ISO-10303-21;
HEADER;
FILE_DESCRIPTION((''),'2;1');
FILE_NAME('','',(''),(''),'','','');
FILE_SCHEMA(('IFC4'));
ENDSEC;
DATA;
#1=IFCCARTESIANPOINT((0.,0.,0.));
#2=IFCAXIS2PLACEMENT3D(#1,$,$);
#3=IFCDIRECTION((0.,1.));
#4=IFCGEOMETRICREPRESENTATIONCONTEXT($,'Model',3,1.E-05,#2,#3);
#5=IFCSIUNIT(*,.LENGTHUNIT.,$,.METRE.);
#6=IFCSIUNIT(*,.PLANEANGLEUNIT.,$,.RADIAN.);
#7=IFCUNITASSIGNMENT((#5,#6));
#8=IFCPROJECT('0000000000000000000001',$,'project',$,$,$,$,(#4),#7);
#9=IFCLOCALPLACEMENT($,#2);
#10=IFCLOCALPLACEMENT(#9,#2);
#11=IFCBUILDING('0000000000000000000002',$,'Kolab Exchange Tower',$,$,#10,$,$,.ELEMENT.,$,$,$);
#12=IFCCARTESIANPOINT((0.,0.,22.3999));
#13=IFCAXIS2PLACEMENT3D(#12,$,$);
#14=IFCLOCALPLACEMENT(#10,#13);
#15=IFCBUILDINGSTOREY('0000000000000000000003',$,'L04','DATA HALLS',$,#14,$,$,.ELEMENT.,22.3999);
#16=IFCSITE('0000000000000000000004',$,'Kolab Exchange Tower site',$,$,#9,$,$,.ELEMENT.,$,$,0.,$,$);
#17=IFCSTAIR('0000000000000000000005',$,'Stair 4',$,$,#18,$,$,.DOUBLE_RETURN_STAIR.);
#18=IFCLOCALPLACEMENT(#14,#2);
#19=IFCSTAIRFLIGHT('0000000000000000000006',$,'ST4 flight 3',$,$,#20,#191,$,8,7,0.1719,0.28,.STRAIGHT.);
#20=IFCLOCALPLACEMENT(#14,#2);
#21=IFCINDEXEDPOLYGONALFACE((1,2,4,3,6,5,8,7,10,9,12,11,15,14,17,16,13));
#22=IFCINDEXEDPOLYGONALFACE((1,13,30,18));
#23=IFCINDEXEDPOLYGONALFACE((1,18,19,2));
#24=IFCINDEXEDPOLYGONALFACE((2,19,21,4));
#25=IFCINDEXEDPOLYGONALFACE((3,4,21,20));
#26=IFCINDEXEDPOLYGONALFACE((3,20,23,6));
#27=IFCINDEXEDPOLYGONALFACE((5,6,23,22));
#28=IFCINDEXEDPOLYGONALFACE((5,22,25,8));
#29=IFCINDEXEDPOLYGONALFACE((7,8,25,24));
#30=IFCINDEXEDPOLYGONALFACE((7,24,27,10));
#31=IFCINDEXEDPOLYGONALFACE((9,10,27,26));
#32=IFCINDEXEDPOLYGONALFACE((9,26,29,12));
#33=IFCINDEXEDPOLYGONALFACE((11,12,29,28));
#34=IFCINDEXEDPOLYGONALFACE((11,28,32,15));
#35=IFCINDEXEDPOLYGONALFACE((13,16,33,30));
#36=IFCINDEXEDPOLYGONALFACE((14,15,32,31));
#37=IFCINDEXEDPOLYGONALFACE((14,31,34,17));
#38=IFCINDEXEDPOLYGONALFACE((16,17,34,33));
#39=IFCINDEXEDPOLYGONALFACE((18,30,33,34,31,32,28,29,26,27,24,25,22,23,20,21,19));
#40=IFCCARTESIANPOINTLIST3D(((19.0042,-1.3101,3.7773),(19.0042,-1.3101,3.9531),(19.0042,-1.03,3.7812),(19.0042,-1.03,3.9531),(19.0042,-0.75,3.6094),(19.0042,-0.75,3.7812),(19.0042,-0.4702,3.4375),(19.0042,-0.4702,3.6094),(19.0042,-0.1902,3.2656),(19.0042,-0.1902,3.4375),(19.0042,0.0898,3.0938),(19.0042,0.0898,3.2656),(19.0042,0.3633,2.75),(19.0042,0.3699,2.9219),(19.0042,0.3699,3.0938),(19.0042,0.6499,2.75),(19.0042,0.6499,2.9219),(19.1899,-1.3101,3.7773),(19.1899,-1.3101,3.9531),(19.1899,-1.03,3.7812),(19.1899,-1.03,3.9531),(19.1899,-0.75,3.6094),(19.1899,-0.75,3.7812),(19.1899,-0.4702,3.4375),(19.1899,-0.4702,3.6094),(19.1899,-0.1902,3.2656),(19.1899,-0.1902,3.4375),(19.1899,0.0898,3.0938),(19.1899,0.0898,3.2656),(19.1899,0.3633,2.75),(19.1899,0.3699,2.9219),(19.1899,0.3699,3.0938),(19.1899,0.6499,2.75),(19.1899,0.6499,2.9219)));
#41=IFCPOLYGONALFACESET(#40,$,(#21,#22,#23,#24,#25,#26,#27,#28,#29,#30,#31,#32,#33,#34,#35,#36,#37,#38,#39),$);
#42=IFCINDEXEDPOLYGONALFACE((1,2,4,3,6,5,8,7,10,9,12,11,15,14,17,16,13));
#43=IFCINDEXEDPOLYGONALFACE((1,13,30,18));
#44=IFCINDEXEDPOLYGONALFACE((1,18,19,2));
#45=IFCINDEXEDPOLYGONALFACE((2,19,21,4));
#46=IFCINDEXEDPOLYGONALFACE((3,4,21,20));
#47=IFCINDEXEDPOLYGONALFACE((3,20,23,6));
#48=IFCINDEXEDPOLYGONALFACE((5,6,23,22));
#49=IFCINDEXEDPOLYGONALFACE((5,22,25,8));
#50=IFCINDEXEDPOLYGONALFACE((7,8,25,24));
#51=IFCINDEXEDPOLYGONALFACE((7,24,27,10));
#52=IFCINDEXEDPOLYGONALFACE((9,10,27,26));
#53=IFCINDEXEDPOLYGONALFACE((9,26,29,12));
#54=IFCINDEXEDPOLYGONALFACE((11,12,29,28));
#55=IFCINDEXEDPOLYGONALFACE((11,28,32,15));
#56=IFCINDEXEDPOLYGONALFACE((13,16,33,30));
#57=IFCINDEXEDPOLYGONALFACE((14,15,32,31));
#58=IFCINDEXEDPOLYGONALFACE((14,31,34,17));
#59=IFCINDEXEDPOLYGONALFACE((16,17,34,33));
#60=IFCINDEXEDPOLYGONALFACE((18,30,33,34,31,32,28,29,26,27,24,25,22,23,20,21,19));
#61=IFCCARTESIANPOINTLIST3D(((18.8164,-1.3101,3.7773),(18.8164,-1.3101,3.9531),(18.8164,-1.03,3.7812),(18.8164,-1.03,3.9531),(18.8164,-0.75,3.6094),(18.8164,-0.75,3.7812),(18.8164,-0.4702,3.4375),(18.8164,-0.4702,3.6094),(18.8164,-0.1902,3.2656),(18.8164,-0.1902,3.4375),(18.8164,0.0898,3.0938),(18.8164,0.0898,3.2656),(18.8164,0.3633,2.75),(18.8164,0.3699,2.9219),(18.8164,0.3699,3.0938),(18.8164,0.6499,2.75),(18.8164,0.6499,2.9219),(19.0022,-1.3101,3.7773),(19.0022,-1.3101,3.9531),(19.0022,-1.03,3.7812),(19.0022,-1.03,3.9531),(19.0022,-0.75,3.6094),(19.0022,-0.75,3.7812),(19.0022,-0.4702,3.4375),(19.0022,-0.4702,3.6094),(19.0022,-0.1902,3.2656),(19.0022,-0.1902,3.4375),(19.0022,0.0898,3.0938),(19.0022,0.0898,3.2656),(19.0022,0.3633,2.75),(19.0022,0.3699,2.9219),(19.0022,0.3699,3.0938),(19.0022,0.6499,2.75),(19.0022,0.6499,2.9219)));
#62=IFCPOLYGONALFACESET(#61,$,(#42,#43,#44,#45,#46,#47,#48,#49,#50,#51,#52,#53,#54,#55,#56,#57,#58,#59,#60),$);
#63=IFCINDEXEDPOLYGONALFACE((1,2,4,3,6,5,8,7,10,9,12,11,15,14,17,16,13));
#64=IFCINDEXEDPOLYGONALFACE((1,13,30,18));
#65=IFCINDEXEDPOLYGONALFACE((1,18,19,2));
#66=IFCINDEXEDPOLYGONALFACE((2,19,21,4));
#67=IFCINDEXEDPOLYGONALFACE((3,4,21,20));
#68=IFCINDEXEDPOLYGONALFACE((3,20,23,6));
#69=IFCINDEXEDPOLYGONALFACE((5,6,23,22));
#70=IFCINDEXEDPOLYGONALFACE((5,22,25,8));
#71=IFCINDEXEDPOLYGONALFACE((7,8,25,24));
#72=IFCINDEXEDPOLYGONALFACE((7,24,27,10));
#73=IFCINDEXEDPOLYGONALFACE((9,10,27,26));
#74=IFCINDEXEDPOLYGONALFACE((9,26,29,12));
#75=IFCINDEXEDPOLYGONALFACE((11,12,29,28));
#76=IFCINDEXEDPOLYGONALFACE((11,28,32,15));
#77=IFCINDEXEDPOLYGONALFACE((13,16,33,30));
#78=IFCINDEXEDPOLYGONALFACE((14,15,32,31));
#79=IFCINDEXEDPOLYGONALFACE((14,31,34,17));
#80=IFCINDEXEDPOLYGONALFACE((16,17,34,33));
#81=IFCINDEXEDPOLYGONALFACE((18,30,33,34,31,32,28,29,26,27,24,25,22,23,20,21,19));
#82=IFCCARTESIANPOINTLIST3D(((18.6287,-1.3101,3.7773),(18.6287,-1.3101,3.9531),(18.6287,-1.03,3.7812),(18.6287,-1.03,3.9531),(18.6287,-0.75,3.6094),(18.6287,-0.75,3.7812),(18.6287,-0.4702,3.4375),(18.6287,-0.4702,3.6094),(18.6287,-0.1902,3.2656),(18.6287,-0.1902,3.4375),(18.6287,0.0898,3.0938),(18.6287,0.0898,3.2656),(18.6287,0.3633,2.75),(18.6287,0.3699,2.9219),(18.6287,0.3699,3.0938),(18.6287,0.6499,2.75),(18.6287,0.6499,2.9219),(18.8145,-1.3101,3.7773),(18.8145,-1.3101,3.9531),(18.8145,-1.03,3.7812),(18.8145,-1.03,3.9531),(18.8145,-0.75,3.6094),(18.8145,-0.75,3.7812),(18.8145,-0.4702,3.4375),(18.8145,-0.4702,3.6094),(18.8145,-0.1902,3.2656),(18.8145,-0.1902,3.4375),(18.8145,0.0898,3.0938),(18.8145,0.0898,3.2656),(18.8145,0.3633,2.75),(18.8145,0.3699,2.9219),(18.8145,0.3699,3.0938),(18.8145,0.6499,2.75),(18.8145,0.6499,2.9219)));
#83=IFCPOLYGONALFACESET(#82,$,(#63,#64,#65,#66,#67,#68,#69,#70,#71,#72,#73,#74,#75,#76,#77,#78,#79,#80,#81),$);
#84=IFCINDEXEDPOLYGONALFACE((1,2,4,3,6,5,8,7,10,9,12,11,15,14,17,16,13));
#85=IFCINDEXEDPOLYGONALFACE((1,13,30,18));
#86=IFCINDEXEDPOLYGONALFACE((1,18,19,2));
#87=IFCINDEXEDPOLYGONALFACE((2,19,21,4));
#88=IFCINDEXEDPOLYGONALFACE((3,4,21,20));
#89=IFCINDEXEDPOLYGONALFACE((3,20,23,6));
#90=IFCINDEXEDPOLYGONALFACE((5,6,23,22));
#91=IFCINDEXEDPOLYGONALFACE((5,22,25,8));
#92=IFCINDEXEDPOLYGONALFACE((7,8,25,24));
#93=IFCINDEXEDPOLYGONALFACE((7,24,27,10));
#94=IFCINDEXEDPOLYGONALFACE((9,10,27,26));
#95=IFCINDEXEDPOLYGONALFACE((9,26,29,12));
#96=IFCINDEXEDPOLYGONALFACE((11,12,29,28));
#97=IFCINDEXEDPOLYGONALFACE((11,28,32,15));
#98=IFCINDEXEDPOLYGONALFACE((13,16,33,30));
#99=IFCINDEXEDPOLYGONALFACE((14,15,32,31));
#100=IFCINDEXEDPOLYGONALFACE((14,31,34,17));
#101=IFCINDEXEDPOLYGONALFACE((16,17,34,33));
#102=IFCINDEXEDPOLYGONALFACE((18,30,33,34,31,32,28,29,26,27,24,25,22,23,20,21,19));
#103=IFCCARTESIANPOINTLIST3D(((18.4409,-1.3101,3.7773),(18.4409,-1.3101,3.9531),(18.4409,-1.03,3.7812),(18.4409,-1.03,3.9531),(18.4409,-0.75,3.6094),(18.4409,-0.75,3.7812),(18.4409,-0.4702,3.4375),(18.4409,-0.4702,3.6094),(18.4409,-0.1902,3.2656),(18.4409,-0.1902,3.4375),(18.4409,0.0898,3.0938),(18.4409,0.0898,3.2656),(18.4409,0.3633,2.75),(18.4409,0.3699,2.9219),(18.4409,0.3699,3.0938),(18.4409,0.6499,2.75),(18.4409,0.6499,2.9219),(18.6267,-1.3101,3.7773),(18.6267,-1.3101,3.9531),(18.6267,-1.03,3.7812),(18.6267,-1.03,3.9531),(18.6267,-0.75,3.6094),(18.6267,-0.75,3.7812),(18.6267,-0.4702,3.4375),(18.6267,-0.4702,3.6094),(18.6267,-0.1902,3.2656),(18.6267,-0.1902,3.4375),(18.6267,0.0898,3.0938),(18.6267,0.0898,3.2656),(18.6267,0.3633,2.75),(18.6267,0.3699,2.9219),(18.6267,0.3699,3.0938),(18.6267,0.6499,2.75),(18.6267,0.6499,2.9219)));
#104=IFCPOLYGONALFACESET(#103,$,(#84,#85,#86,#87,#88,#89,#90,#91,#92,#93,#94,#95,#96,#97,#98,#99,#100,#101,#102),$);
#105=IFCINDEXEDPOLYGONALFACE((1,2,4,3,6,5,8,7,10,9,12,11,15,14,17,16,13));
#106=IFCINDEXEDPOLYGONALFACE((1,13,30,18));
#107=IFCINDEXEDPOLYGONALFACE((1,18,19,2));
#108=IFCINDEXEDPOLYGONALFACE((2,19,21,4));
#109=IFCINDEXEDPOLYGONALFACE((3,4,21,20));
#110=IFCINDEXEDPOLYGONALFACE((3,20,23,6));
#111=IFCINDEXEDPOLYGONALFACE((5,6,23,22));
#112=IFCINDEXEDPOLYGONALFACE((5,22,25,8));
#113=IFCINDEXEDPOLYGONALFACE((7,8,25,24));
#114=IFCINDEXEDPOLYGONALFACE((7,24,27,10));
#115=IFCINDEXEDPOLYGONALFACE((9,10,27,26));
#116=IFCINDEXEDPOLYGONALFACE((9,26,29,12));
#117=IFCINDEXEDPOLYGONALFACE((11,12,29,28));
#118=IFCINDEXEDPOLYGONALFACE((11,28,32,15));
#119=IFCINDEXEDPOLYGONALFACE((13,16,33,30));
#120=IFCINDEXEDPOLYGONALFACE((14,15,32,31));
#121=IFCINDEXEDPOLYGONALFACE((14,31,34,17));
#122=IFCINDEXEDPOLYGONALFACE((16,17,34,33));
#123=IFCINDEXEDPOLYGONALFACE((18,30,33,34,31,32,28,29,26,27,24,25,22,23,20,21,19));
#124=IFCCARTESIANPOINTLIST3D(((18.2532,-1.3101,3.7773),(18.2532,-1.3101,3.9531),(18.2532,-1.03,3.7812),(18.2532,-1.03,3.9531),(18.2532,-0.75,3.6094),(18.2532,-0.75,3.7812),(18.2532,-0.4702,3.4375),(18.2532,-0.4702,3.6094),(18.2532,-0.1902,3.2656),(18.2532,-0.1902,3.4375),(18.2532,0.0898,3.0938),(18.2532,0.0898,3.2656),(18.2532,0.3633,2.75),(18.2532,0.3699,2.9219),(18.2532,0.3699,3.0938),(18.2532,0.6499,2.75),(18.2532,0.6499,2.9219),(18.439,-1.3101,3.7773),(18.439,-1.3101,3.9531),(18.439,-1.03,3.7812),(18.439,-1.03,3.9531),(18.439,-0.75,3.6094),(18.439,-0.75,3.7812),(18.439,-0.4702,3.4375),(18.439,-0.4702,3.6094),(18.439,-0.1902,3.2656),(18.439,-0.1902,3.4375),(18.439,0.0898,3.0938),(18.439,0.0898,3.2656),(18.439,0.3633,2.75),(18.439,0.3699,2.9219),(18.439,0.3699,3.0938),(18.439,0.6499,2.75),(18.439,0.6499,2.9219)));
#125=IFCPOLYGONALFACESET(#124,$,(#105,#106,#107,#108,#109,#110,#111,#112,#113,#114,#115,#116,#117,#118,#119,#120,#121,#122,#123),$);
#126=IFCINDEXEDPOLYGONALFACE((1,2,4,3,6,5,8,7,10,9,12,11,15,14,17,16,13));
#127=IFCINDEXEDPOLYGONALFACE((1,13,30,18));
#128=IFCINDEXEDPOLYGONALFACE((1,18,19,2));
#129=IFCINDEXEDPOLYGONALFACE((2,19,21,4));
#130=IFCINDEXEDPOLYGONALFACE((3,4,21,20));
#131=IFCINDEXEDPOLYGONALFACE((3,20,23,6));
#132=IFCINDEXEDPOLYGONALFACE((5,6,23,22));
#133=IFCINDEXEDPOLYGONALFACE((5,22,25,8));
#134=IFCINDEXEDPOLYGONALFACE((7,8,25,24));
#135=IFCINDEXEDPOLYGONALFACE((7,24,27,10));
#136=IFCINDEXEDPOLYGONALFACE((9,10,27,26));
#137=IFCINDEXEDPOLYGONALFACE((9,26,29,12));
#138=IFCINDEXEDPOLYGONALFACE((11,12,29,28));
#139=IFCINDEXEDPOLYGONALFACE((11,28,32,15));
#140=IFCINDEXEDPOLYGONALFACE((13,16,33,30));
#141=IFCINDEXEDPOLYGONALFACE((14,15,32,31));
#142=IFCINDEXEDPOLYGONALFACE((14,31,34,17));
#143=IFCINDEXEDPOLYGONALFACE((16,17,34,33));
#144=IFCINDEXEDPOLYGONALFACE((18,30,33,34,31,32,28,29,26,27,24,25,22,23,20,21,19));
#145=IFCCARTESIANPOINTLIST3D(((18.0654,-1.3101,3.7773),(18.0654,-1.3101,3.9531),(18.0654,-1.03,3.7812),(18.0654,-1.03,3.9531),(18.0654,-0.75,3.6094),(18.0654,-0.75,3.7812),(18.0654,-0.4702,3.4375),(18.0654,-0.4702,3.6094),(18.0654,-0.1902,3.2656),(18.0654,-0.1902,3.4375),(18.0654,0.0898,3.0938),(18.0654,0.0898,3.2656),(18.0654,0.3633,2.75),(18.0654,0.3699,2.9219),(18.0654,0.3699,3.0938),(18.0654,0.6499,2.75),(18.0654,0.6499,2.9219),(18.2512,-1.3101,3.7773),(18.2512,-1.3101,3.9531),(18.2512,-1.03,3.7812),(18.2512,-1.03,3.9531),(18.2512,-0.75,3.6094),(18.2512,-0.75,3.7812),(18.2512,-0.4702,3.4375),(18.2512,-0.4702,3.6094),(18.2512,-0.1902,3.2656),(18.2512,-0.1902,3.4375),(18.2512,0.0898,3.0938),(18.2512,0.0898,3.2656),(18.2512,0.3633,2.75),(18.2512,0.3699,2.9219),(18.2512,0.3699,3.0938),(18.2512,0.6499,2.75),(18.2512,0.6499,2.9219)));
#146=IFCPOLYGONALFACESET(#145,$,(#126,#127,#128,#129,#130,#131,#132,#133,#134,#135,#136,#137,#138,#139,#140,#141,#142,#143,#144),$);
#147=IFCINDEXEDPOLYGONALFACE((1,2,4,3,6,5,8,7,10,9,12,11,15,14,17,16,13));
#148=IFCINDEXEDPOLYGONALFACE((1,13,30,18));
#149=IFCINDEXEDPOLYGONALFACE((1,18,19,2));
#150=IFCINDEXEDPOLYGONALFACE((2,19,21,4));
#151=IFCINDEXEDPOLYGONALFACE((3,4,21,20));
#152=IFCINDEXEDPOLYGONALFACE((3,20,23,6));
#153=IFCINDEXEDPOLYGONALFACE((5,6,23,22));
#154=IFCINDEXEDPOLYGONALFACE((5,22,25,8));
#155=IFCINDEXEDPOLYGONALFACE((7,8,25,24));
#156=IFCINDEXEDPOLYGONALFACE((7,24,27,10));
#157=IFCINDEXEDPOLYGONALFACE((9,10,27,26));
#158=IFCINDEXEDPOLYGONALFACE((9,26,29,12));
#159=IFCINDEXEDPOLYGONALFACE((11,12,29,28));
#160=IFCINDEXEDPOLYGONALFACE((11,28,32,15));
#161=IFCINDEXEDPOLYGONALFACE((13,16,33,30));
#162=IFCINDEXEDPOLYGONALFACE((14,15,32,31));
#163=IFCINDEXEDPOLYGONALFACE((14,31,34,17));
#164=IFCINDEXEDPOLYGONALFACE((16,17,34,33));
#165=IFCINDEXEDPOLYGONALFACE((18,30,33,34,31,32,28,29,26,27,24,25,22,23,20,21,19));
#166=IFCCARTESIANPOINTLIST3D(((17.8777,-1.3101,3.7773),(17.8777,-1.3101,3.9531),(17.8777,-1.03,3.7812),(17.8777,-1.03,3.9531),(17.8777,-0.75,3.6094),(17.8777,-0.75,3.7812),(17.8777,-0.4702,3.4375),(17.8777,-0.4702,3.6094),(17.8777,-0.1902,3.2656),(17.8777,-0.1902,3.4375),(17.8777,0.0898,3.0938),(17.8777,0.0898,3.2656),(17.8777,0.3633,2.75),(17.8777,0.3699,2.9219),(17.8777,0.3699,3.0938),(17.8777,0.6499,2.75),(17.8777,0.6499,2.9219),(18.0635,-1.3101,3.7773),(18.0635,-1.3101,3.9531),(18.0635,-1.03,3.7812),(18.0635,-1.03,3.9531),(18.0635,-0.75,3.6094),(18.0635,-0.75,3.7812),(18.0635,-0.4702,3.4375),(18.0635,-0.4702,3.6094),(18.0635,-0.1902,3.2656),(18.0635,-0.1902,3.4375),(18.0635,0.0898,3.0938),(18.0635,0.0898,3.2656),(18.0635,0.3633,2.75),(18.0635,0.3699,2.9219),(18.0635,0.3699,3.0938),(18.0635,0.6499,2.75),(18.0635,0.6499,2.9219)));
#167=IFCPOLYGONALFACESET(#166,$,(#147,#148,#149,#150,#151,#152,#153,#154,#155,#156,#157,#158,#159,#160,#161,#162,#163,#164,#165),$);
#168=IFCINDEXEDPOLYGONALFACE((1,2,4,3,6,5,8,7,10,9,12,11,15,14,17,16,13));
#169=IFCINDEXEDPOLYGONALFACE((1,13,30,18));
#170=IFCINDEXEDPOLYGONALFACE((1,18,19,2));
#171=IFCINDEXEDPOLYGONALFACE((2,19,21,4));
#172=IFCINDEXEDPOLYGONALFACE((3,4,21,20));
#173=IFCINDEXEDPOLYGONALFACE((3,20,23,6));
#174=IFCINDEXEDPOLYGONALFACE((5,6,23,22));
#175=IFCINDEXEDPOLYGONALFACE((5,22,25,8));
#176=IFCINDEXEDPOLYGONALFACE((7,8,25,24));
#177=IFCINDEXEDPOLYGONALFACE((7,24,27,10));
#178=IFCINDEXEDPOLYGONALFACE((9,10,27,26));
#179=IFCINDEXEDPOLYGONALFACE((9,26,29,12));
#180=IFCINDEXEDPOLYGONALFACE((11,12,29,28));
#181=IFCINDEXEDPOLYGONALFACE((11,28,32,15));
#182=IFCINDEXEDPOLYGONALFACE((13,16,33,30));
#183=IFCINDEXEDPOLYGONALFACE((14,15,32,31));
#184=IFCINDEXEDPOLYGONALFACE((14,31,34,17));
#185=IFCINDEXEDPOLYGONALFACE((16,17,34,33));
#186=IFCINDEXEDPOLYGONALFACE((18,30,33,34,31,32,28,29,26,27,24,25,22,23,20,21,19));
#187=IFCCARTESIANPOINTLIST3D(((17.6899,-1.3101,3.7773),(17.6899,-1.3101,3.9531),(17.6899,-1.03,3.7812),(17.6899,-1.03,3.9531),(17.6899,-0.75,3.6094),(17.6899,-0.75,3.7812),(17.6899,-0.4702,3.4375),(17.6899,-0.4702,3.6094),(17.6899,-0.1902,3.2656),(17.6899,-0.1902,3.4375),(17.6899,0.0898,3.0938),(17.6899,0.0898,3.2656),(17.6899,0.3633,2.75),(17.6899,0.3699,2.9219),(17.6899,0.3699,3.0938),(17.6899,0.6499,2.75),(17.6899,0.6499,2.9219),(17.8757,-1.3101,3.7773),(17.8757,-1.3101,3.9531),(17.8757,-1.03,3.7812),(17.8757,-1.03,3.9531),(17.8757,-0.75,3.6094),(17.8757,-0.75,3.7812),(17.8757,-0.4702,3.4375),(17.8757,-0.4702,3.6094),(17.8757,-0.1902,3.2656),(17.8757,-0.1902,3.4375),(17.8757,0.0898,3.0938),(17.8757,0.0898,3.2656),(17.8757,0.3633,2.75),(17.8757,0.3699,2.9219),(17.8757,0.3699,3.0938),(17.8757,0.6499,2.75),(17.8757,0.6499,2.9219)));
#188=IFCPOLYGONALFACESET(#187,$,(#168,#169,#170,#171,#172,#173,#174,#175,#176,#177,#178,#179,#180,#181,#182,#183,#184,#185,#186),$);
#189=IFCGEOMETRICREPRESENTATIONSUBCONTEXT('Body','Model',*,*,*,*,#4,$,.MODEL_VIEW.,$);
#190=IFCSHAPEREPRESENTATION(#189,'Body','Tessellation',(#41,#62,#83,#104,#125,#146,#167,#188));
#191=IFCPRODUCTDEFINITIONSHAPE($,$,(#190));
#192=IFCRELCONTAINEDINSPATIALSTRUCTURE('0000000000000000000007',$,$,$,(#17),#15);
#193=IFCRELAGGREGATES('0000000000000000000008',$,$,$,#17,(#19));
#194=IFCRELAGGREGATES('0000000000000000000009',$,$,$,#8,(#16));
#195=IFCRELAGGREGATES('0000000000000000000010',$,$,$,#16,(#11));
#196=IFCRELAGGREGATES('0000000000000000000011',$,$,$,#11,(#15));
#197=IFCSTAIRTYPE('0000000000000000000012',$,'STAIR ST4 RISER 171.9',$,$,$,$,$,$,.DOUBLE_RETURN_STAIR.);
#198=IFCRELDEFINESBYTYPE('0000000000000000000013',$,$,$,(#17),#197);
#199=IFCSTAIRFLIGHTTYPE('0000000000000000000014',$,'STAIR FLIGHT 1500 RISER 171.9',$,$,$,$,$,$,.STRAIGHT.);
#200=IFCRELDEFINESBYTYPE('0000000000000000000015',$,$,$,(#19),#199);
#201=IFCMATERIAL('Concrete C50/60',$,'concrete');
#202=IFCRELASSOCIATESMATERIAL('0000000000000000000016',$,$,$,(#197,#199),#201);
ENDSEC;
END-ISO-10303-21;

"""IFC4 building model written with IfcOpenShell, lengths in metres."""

from ifc_helpers import new_model, si_unit, direction, frame, origin, place, context, subcontext, project, spatial, polyline, outline, extrude, material, type_object, element, aggregate, save


model = new_model("IFC4")

# Units and contexts
model_context = context("Model", 3, precision=1e-05, world=origin(), true_north=direction((0.0, 1.0)))
body_context = subcontext(model_context, "Body", "Model", "MODEL_VIEW")
ifc_project = project(units=[si_unit("LENGTHUNIT", "METRE"), si_unit("PLANEANGLEUNIT", "RADIAN")], contexts=[model_context])

# Site, building, storey
site_placement = place(None, origin())
site = spatial("IfcSite", under=ifc_project, at=site_placement, Name="Kolab Exchange Tower site", CompositionType="ELEMENT", RefElevation=0.0)
building_placement = place(site_placement, origin())
building = spatial("IfcBuilding", under=site, at=building_placement, Name="Kolab Exchange Tower", CompositionType="ELEMENT")
storey_placement = place(building_placement, frame((0.0, 0.0, 22.3999)))
storey = spatial("IfcBuildingStorey", under=building, at=storey_placement, Name="L04", Description="DATA HALLS", CompositionType="ELEMENT", Elevation=22.3999)

# Stair, stair flight
ifc_material_1 = material(Name="Concrete C50/60", Category="concrete")
stair_type = type_object("IfcStairType", Name="STAIR ST4 RISER 171.9", PredefinedType="DOUBLE_RETURN_STAIR", material=ifc_material_1)
stair_placement = place(storey_placement, origin())
stair = element("IfcStair", 1, at=stair_placement, inside=storey, type_object=stair_type, Name="Stair 4", PredefinedType="DOUBLE_RETURN_STAIR")
stair_flight_type = type_object("IfcStairFlightType", Name="STAIR FLIGHT 1500 RISER 171.9", PredefinedType="STRAIGHT", material=ifc_material_1)
stair_flight_1_placement = place(storey_placement, frame((18.4399, 0.6499, 2.75), z_axis=(0.0, 0.0, 1.0), x_axis=(0.0, -1.0, 0.0)))
stair_flight_1 = element("IfcStairFlight", 2, at=stair_flight_1_placement, type_object=stair_flight_type, Name="ST4 flight 3", NumberOfRisers=8, NumberOfTreads=7, PredefinedType="STRAIGHT", RiserHeight=0.1719, TreadLength=0.28, context=body_context, shape_type="SweptSolid", body=[
    extrude(outline(polyline([(0.0, 0.0), (0.0, 0.1719), (0.28, 0.1719), (0.28, 0.3438), (0.5601, 0.3438), (0.5601, 0.5156), (0.8401, 0.5156), (0.8401, 0.6875), (1.1201, 0.6875), (1.1201, 0.8594), (1.3999, 0.8594), (1.3999, 1.0312), (1.6799, 1.0312), (1.6799, 1.2031), (1.96, 1.2031), (1.96, 1.375), (1.96, 1.0273), (0.2866, 0.0), (0.0, 0.0)])), frame((0.0, 0.75, 0.0), z_axis=(0.0, -1.0, 0.0), x_axis=(1.0, 0.0, 0.0)), (0.0, 0.0, 1.0), 0.1858),
    extrude(outline(polyline([(0.0, 0.0), (0.0, 0.1719), (0.28, 0.1719), (0.28, 0.3438), (0.5601, 0.3438), (0.5601, 0.5156), (0.8401, 0.5156), (0.8401, 0.6875), (1.1201, 0.6875), (1.1201, 0.8594), (1.3999, 0.8594), (1.3999, 1.0312), (1.6799, 1.0312), (1.6799, 1.2031), (1.96, 1.2031), (1.96, 1.375), (1.96, 1.0273), (0.2866, 0.0), (0.0, 0.0)])), frame((0.0, 0.5623, 0.0), z_axis=(0.0, -1.0, 0.0), x_axis=(1.0, 0.0, 0.0)), (0.0, 0.0, 1.0), 0.1858),
    extrude(outline(polyline([(0.0, 0.0), (0.0, 0.1719), (0.28, 0.1719), (0.28, 0.3438), (0.5601, 0.3438), (0.5601, 0.5156), (0.8401, 0.5156), (0.8401, 0.6875), (1.1201, 0.6875), (1.1201, 0.8594), (1.3999, 0.8594), (1.3999, 1.0312), (1.6799, 1.0312), (1.6799, 1.2031), (1.96, 1.2031), (1.96, 1.375), (1.96, 1.0273), (0.2866, 0.0), (0.0, 0.0)])), frame((0.0, 0.3745, 0.0), z_axis=(0.0, -1.0, 0.0), x_axis=(1.0, 0.0, 0.0)), (0.0, 0.0, 1.0), 0.1858),
    extrude(outline(polyline([(0.0, 0.0), (0.0, 0.1719), (0.28, 0.1719), (0.28, 0.3438), (0.5601, 0.3438), (0.5601, 0.5156), (0.8401, 0.5156), (0.8401, 0.6875), (1.1201, 0.6875), (1.1201, 0.8594), (1.3999, 0.8594), (1.3999, 1.0312), (1.6799, 1.0312), (1.6799, 1.2031), (1.96, 1.2031), (1.96, 1.375), (1.96, 1.0273), (0.2866, 0.0), (0.0, 0.0)])), frame((0.0, 0.1868, 0.0), z_axis=(0.0, -1.0, 0.0), x_axis=(1.0, 0.0, 0.0)), (0.0, 0.0, 1.0), 0.1858),
    extrude(outline(polyline([(0.0, 0.0), (0.0, 0.1719), (0.28, 0.1719), (0.28, 0.3438), (0.5601, 0.3438), (0.5601, 0.5156), (0.8401, 0.5156), (0.8401, 0.6875), (1.1201, 0.6875), (1.1201, 0.8594), (1.3999, 0.8594), (1.3999, 1.0312), (1.6799, 1.0312), (1.6799, 1.2031), (1.96, 1.2031), (1.96, 1.375), (1.96, 1.0273), (0.2866, 0.0), (0.0, 0.0)])), frame((0.0, -0.001, 0.0), z_axis=(0.0, -1.0, 0.0), x_axis=(1.0, 0.0, 0.0)), (0.0, 0.0, 1.0), 0.1858),
    extrude(outline(polyline([(0.0, 0.0), (0.0, 0.1719), (0.28, 0.1719), (0.28, 0.3438), (0.5601, 0.3438), (0.5601, 0.5156), (0.8401, 0.5156), (0.8401, 0.6875), (1.1201, 0.6875), (1.1201, 0.8594), (1.3999, 0.8594), (1.3999, 1.0312), (1.6799, 1.0312), (1.6799, 1.2031), (1.96, 1.2031), (1.96, 1.375), (1.96, 1.0273), (0.2866, 0.0), (0.0, 0.0)])), frame((0.0, -0.1887, 0.0), z_axis=(0.0, -1.0, 0.0), x_axis=(1.0, 0.0, 0.0)), (0.0, 0.0, 1.0), 0.1858),
    extrude(outline(polyline([(0.0, 0.0), (0.0, 0.1719), (0.28, 0.1719), (0.28, 0.3438), (0.5601, 0.3438), (0.5601, 0.5156), (0.8401, 0.5156), (0.8401, 0.6875), (1.1201, 0.6875), (1.1201, 0.8594), (1.3999, 0.8594), (1.3999, 1.0312), (1.6799, 1.0312), (1.6799, 1.2031), (1.96, 1.2031), (1.96, 1.375), (1.96, 1.0273), (0.2866, 0.0), (0.0, 0.0)])), frame((0.0, -0.3765, 0.0), z_axis=(0.0, -1.0, 0.0), x_axis=(1.0, 0.0, 0.0)), (0.0, 0.0, 1.0), 0.1858),
    extrude(outline(polyline([(0.0, 0.0), (0.0, 0.1719), (0.28, 0.1719), (0.28, 0.3438), (0.5601, 0.3438), (0.5601, 0.5156), (0.8401, 0.5156), (0.8401, 0.6875), (1.1201, 0.6875), (1.1201, 0.8594), (1.3999, 0.8594), (1.3999, 1.0312), (1.6799, 1.0312), (1.6799, 1.2031), (1.96, 1.2031), (1.96, 1.375), (1.96, 1.0273), (0.2866, 0.0), (0.0, 0.0)])), frame((0.0, -0.5642, 0.0), z_axis=(0.0, -1.0, 0.0), x_axis=(1.0, 0.0, 0.0)), (0.0, 0.0, 1.0), 0.1858),
])
aggregate(stair, [stair_flight_1])

save(model, "model.ifc")
